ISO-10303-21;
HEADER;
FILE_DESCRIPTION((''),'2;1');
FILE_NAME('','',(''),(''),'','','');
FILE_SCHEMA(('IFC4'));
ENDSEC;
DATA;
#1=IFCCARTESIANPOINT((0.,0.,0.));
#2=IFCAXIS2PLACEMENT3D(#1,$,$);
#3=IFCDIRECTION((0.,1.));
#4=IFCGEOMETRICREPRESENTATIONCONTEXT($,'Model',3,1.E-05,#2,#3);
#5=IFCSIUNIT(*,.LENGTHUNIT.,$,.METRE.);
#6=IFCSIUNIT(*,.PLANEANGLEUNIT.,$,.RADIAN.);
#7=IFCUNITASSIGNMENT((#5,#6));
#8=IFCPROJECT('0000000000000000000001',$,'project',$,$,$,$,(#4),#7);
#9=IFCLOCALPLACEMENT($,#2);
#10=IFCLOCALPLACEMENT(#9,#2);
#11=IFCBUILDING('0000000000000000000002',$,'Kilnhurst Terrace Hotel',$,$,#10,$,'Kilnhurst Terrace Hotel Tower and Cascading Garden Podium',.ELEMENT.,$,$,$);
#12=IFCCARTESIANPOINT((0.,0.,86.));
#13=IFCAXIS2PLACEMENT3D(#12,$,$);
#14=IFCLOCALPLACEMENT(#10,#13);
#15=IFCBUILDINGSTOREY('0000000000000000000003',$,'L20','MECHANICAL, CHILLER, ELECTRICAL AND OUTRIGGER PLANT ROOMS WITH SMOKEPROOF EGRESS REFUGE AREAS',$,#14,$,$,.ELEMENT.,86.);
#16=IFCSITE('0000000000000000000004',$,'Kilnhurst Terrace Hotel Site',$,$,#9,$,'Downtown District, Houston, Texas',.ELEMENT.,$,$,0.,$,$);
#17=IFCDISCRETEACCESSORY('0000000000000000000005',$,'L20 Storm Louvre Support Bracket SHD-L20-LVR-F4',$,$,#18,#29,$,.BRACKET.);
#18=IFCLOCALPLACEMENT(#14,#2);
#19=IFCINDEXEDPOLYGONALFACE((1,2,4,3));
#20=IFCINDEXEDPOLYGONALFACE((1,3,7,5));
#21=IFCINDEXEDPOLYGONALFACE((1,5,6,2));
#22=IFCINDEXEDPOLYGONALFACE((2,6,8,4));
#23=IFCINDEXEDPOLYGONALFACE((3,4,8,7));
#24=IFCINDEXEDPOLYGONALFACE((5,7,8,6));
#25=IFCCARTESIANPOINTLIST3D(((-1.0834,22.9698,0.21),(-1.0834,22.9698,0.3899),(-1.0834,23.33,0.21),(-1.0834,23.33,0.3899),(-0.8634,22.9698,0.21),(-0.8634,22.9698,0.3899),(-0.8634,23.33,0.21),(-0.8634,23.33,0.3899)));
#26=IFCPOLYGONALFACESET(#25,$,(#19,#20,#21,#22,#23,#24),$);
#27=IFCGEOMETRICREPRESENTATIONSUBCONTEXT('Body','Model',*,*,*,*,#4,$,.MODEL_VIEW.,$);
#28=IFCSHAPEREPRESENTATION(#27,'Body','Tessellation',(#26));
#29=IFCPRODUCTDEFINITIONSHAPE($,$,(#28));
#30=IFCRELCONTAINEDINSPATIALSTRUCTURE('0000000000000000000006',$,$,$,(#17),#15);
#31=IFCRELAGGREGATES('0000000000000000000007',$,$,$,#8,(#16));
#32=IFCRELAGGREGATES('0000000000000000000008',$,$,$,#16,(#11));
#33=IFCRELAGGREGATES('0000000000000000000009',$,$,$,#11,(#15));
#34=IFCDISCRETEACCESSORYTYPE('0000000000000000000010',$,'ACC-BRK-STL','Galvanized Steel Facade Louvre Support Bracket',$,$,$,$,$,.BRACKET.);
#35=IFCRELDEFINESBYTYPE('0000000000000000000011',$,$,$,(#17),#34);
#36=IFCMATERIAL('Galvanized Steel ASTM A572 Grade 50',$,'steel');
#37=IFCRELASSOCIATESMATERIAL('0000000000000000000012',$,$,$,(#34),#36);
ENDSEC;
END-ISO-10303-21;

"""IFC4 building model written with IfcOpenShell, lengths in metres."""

from ifc_helpers import new_model, si_unit, direction, frame, origin, origin_2d, place, context, subcontext, project, spatial, rectangle, extrude, material, type_object, element, save


model = new_model("IFC4")

# Units and contexts
model_context = context("Model", 3, precision=1e-05, world=origin(), true_north=direction((0.0, 1.0)))
body_context = subcontext(model_context, "Body", "Model", "MODEL_VIEW")
ifc_project = project(units=[si_unit("LENGTHUNIT", "METRE"), si_unit("PLANEANGLEUNIT", "RADIAN")], contexts=[model_context])

# Site, building, storey
site_placement = place(None, origin())
site = spatial("IfcSite", under=ifc_project, at=site_placement, Name="Kilnhurst Terrace Hotel Site", LongName="Downtown District, Houston, Texas", CompositionType="ELEMENT", RefElevation=0.0)
building_placement = place(site_placement, origin())
building = spatial("IfcBuilding", under=site, at=building_placement, Name="Kilnhurst Terrace Hotel", LongName="Kilnhurst Terrace Hotel Tower and Cascading Garden Podium", CompositionType="ELEMENT")
storey_placement = place(building_placement, frame((0.0, 0.0, 86.0)))
storey = spatial("IfcBuildingStorey", under=building, at=storey_placement, Name="L20", Description="MECHANICAL, CHILLER, ELECTRICAL AND OUTRIGGER PLANT ROOMS WITH SMOKEPROOF EGRESS REFUGE AREAS", CompositionType="ELEMENT", Elevation=86.0)

# Discrete accessory
ifc_material_1 = material(Name="Galvanized Steel ASTM A572 Grade 50", Category="steel")
discrete_accessory_type = type_object("IfcDiscreteAccessoryType", Name="ACC-BRK-STL", Description="Galvanized Steel Facade Louvre Support Bracket", PredefinedType="BRACKET", material=ifc_material_1)
discrete_accessory_placement = place(storey_placement, frame((-0.9734, 23.1499, 0.21), z_axis=(0.0, 0.0, 1.0), x_axis=(-1.0, 0.0, 0.0)))
element("IfcDiscreteAccessory", 1, at=discrete_accessory_placement, inside=storey, type_object=discrete_accessory_type, Name="L20 Storm Louvre Support Bracket SHD-L20-LVR-F4", PredefinedType="BRACKET", context=body_context, shape_type="SweptSolid", body=[
    extrude(rectangle(XDim=0.22, YDim=0.3601, at=origin_2d()), origin(), (0.0, 0.0, 1.0), 0.1799),
])

save(model, "model.ifc")
